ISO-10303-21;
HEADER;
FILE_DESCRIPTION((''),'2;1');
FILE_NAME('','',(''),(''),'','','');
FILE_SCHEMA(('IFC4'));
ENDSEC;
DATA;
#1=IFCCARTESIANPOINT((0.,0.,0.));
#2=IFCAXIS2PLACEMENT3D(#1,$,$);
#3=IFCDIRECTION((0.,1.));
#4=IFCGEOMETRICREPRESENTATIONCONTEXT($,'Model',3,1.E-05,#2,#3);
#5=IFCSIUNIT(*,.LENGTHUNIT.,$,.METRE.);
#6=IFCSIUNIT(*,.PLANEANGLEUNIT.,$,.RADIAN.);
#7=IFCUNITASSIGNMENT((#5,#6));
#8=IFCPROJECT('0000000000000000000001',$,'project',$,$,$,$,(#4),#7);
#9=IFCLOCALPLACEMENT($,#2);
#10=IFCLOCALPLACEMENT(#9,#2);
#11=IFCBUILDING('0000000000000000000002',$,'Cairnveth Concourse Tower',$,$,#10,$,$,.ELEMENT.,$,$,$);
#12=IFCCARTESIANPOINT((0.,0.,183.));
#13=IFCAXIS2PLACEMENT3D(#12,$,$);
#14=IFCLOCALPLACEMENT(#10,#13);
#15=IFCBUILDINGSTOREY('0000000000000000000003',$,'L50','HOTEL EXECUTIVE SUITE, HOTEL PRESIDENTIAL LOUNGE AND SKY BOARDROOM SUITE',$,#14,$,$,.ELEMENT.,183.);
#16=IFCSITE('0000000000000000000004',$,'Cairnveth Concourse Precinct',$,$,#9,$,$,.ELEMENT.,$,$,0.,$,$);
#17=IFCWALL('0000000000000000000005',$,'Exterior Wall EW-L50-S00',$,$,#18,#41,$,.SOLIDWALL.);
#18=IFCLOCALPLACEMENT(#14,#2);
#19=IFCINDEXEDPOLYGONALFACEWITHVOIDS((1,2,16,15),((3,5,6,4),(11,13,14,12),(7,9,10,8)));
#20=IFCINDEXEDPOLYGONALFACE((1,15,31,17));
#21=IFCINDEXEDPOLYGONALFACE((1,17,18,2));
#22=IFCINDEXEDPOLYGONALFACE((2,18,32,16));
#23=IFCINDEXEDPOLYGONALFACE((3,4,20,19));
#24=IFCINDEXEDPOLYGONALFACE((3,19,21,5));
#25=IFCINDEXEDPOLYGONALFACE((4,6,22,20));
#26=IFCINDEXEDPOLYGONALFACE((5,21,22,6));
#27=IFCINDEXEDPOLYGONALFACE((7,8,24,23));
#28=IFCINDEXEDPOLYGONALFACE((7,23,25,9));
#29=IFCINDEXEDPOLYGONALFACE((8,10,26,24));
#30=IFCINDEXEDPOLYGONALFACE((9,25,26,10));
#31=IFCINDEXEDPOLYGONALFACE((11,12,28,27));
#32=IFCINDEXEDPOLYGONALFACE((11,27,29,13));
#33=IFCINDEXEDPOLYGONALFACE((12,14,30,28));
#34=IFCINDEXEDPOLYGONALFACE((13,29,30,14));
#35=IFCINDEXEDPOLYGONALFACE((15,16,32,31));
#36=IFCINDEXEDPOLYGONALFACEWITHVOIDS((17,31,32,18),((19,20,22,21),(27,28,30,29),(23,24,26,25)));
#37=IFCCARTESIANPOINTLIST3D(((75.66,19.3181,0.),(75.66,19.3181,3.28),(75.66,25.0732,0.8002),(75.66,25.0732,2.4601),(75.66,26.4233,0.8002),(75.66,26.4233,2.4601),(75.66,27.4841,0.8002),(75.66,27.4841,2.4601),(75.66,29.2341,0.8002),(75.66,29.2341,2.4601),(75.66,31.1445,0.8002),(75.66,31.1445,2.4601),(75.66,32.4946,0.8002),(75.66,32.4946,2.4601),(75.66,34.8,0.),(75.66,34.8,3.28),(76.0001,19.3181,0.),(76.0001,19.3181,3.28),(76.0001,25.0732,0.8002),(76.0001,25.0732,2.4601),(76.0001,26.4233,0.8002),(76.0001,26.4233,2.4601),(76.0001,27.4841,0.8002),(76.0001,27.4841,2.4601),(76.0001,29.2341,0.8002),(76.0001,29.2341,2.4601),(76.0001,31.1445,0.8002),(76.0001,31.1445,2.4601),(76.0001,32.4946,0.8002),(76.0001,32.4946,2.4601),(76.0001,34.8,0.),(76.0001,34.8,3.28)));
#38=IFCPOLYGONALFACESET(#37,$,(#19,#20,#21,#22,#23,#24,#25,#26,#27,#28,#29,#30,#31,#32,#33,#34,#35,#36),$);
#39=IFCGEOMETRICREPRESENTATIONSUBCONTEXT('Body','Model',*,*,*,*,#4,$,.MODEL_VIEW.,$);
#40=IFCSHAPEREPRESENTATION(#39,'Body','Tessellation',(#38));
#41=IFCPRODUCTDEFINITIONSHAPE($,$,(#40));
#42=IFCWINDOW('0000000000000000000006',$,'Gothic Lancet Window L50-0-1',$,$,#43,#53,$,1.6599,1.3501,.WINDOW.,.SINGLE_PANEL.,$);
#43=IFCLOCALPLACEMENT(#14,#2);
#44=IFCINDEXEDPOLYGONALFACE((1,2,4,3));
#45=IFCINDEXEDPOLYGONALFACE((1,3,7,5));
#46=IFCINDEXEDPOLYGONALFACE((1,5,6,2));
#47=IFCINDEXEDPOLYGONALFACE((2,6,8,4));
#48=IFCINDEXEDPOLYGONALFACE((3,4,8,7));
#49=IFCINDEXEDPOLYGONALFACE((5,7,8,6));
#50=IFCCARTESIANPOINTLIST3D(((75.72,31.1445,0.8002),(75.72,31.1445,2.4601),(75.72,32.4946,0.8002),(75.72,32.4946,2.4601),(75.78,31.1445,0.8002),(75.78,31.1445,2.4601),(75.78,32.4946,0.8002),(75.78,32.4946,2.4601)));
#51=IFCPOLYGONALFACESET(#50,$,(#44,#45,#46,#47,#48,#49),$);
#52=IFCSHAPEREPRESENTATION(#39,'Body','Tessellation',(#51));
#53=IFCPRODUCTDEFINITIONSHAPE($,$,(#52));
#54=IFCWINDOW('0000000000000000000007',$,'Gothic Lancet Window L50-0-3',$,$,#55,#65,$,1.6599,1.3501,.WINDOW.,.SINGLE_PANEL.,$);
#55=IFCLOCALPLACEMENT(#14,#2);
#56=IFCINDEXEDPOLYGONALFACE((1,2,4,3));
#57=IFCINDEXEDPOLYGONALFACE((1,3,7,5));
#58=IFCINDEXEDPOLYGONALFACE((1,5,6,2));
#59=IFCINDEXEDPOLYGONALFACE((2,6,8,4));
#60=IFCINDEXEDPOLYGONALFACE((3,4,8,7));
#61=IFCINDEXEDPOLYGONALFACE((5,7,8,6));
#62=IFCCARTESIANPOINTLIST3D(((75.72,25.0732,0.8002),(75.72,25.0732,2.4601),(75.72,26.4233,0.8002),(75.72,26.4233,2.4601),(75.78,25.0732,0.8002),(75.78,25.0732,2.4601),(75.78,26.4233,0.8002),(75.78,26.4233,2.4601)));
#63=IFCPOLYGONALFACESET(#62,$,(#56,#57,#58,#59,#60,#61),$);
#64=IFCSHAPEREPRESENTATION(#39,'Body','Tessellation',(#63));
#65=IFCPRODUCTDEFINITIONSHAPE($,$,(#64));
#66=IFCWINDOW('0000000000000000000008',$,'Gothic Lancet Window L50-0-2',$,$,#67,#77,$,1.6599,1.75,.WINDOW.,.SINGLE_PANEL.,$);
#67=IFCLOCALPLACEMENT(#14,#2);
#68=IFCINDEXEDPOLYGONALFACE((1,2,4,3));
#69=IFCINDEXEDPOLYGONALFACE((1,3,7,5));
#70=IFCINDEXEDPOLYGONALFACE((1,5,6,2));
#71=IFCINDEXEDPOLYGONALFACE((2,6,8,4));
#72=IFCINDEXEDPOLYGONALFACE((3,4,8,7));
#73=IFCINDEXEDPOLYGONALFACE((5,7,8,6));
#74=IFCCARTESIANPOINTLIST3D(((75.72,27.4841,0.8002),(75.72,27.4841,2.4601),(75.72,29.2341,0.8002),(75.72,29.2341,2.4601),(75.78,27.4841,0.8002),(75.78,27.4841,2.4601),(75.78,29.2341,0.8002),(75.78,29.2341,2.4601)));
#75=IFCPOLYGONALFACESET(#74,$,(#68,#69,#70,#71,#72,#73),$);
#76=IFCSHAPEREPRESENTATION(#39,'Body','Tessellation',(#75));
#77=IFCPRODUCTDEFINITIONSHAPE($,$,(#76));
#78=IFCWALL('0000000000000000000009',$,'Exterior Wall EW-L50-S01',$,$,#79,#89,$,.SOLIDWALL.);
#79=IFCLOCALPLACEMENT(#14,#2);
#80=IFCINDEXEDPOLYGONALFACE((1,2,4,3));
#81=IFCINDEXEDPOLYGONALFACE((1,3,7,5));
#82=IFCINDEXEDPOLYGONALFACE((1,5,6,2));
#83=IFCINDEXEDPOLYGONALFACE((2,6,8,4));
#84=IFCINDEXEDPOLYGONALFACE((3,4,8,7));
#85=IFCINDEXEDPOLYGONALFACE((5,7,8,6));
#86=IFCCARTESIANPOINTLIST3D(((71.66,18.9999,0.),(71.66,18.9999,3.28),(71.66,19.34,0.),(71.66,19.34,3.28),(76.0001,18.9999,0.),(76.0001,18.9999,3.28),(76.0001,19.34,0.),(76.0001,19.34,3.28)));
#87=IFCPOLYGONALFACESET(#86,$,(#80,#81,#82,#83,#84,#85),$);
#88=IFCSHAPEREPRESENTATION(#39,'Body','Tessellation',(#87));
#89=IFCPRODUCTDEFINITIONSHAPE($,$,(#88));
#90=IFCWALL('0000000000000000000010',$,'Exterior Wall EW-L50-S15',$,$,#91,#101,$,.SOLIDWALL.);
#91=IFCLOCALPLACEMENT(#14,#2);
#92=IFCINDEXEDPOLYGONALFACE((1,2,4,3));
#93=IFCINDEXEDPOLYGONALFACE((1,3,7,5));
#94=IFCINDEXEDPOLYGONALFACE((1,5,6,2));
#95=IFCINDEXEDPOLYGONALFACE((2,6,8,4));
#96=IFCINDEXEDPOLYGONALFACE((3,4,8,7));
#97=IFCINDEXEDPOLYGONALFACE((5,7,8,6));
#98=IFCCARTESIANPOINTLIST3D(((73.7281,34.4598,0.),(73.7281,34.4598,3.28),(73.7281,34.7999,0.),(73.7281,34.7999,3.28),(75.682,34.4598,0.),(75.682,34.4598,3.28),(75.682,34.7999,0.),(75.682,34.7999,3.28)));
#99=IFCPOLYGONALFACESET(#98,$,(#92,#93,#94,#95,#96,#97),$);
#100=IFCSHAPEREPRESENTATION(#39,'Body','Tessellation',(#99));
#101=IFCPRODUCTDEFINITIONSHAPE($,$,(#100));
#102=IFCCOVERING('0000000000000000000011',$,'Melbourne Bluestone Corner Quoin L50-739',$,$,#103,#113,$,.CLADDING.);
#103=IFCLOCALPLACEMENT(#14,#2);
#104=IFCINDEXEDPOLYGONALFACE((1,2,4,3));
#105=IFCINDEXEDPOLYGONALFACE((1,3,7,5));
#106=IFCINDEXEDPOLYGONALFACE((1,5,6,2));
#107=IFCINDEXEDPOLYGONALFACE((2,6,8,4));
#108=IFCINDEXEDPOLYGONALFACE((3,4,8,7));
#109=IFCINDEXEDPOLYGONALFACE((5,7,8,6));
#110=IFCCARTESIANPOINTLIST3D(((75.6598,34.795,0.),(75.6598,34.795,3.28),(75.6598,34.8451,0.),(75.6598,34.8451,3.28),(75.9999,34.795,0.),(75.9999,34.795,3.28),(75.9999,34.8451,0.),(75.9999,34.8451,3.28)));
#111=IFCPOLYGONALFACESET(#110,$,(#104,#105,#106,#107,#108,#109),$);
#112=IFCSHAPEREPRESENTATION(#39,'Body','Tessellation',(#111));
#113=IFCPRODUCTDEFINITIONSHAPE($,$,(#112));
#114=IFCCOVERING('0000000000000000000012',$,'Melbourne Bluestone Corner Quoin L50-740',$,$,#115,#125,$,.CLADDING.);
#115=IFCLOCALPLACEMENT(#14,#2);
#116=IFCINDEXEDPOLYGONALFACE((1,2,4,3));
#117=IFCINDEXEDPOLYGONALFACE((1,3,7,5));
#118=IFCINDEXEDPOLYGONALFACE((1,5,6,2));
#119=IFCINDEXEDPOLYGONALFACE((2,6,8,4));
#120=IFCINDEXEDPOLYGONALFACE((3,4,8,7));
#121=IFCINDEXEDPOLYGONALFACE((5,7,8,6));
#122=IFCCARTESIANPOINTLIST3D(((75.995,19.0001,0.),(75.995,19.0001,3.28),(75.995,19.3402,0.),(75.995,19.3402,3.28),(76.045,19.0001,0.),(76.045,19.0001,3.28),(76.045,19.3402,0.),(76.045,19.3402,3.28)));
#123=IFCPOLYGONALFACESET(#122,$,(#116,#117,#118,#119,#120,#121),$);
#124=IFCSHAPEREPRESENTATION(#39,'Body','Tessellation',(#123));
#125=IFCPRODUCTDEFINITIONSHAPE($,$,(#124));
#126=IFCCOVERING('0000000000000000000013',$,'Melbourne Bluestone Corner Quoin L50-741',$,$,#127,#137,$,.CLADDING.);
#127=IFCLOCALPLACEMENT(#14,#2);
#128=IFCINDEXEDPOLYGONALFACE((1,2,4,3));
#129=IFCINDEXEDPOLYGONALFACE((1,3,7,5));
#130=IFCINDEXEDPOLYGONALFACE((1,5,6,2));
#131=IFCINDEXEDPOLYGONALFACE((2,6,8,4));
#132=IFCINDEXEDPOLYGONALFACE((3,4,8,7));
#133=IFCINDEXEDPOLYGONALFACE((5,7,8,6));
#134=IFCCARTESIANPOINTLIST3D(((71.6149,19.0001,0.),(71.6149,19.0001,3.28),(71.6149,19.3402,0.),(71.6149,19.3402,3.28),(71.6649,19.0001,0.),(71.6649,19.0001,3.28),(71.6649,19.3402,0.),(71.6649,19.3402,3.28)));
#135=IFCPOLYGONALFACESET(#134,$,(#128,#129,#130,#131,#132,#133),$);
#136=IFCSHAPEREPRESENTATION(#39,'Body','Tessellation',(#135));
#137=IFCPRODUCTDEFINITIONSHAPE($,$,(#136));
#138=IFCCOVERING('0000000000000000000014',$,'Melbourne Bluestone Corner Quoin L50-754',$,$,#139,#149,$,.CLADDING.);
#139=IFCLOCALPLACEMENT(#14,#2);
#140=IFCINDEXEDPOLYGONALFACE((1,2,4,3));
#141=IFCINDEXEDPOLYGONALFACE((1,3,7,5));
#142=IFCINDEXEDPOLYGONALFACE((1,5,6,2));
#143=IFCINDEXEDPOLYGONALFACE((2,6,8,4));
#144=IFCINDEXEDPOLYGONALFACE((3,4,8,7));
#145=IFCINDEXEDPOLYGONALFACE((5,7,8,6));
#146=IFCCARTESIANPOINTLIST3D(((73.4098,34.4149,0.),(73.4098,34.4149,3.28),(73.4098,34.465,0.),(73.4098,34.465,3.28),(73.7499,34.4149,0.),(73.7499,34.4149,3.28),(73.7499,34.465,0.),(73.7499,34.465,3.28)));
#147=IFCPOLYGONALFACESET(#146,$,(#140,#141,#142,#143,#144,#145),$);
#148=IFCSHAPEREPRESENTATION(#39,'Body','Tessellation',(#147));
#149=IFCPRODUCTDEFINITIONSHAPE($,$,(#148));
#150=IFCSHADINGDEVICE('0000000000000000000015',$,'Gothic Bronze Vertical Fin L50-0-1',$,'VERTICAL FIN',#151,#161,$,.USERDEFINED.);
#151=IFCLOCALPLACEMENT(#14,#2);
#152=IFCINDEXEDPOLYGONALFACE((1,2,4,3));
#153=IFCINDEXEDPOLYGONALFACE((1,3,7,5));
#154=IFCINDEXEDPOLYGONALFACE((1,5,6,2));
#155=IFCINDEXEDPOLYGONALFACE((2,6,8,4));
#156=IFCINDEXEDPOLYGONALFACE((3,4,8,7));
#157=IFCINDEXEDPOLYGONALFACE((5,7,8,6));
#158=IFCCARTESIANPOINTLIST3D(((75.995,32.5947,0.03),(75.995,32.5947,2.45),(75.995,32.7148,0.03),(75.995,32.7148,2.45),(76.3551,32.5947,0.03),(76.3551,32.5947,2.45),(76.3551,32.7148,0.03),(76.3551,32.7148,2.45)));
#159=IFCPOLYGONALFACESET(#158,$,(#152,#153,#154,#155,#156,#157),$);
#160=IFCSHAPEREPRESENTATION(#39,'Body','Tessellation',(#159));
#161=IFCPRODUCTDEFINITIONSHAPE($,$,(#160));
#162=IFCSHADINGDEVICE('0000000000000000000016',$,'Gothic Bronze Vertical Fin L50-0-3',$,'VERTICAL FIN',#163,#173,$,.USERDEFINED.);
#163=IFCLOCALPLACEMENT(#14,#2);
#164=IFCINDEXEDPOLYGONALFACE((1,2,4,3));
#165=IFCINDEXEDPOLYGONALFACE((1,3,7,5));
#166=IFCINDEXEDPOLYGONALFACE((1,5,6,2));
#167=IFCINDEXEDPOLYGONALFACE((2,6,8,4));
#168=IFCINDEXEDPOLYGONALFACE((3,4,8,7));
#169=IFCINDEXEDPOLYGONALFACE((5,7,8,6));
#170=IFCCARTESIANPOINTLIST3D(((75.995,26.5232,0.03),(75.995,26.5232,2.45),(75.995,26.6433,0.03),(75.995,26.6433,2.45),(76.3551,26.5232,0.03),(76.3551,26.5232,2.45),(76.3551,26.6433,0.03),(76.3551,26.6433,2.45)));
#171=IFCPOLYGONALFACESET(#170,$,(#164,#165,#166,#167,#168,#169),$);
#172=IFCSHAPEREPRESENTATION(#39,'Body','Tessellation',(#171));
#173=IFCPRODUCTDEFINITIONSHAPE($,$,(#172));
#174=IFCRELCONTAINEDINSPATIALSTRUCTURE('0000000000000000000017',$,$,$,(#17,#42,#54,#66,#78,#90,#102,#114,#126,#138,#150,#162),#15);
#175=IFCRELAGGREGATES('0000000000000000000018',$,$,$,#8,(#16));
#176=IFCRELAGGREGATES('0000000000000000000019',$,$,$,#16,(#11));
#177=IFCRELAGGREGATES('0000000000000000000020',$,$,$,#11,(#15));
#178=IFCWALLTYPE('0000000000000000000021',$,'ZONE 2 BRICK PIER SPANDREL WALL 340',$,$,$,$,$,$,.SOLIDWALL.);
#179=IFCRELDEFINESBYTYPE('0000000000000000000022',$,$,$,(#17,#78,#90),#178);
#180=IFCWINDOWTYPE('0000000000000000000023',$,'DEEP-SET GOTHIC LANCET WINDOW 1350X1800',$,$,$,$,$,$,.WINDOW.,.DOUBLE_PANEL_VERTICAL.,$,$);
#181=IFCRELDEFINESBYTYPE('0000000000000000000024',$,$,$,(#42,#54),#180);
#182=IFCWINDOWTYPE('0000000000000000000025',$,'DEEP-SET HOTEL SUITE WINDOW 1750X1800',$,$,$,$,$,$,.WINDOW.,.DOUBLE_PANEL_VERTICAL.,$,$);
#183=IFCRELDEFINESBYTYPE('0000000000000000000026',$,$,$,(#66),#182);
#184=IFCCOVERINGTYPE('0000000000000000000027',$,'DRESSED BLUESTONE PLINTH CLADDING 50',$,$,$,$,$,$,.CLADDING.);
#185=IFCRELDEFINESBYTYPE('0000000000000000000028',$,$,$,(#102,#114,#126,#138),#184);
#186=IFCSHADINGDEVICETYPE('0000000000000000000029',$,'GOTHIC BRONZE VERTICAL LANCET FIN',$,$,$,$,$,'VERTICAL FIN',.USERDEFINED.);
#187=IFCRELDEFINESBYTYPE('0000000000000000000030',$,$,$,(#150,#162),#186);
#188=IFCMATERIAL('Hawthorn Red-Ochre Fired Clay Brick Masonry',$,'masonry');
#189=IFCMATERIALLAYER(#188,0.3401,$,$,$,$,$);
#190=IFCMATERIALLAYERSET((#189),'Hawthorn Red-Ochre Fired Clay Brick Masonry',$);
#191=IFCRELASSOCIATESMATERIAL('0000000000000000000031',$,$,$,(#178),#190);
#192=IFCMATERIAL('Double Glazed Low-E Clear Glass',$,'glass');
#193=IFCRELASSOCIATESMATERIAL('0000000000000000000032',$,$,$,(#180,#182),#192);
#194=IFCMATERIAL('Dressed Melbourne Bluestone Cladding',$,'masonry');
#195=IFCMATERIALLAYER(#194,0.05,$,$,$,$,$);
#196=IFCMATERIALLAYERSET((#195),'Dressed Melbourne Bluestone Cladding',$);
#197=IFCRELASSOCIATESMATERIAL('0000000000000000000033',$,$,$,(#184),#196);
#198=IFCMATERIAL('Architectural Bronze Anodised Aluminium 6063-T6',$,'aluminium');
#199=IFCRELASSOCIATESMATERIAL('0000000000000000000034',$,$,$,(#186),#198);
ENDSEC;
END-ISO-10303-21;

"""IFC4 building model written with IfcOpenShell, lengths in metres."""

from ifc_helpers import new_model, si_unit, direction, frame, frame_2d, origin, origin_2d, place, context, subcontext, project, spatial, rectangle, extrude, material, layer, layer_set, type_object, element, fill, save


model = new_model("IFC4")

# Units and contexts
model_context = context("Model", 3, precision=1e-05, world=origin(), true_north=direction((0.0, 1.0)))
body_context = subcontext(model_context, "Body", "Model", "MODEL_VIEW")
ifc_project = project(units=[si_unit("LENGTHUNIT", "METRE"), si_unit("PLANEANGLEUNIT", "RADIAN")], contexts=[model_context])

# Site, building, storey
site_placement = place(None, origin())
site = spatial("IfcSite", under=ifc_project, at=site_placement, Name="Cairnveth Concourse Precinct", CompositionType="ELEMENT", RefElevation=0.0)
building_placement = place(site_placement, origin())
building = spatial("IfcBuilding", under=site, at=building_placement, Name="Cairnveth Concourse Tower", CompositionType="ELEMENT")
storey_placement = place(building_placement, frame((0.0, 0.0, 183.0)))
storey = spatial("IfcBuildingStorey", under=building, at=storey_placement, Name="L50", Description="HOTEL EXECUTIVE SUITE, HOTEL PRESIDENTIAL LOUNGE AND SKY BOARDROOM SUITE", CompositionType="ELEMENT", Elevation=183.0)

# Shared definitions
ifc_material_1 = material(Name="Dressed Melbourne Bluestone Cladding", Category="masonry")

# Wall, openings, windows
ifc_material_2 = material(Name="Hawthorn Red-Ochre Fired Clay Brick Masonry", Category="masonry")
ifc_layer_1 = layer(ifc_material_2, 0.3401)
ifc_layer_set_1 = layer_set([ifc_layer_1], Name="Hawthorn Red-Ochre Fired Clay Brick Masonry")
wall_type_1 = type_object("IfcWallType", Name="ZONE 2 BRICK PIER SPANDREL WALL 340", PredefinedType="SOLIDWALL", material=ifc_layer_set_1)
wall_1_placement = place(storey_placement, frame((75.8301, 34.8, 0.0), z_axis=(0.0, 0.0, 1.0), x_axis=(0.0, -1.0, 0.0)))
wall_1 = element("IfcWall", 1, at=wall_1_placement, inside=storey, type_object=wall_type_1, Name="Exterior Wall EW-L50-S00", PredefinedType="SOLIDWALL", context=body_context, shape_type="SweptSolid", body=[
    extrude(rectangle(XDim=15.4819, YDim=0.3401, at=frame_2d((7.741, 0.0))), origin(), (0.0, 0.0, 1.0), 3.28),
])
opening_1_placement = place(wall_1_placement, frame((2.3054, 0.0, 0.8)))
opening_1 = element("IfcOpeningElement", 2, at=opening_1_placement, cuts=wall_1, PredefinedType="OPENING", context=body_context, shape_type="SweptSolid", body=[
    extrude(rectangle(XDim=1.3501, YDim=1.6599, at=frame_2d((0.675, 0.8301))), frame((0.0, 0.1799, 0.0), z_axis=(0.0, -1.0, 0.0), x_axis=(1.0, 0.0, 0.0)), (0.0, 0.0, 1.0), 0.3601),
])
opening_2_placement = place(wall_1_placement, frame((5.5659, 0.0, 0.8)))
opening_2 = element("IfcOpeningElement", 3, at=opening_2_placement, cuts=wall_1, PredefinedType="OPENING", context=body_context, shape_type="SweptSolid", body=[
    extrude(rectangle(XDim=1.75, YDim=1.6599, at=frame_2d((0.875, 0.8301))), frame((0.0, 0.1799, 0.0), z_axis=(0.0, -1.0, 0.0), x_axis=(1.0, 0.0, 0.0)), (0.0, 0.0, 1.0), 0.3601),
])
opening_3_placement = place(wall_1_placement, frame((8.3767, 0.0, 0.8)))
opening_3 = element("IfcOpeningElement", 4, at=opening_3_placement, cuts=wall_1, PredefinedType="OPENING", context=body_context, shape_type="SweptSolid", body=[
    extrude(rectangle(XDim=1.3501, YDim=1.6599, at=frame_2d((0.675, 0.8301))), frame((0.0, 0.1799, 0.0), z_axis=(0.0, -1.0, 0.0), x_axis=(1.0, 0.0, 0.0)), (0.0, 0.0, 1.0), 0.3601),
])
ifc_material_3 = material(Name="Double Glazed Low-E Clear Glass", Category="glass")
window_type_1 = type_object("IfcWindowType", Name="DEEP-SET GOTHIC LANCET WINDOW 1350X1800", PartitioningType="DOUBLE_PANEL_VERTICAL", PredefinedType="WINDOW", material=ifc_material_3)
window_1_placement = place(opening_1_placement, origin())
window_1 = element("IfcWindow", 5, at=window_1_placement, inside=storey, type_object=window_type_1, Name="Gothic Lancet Window L50-0-1", OverallHeight=1.6599, OverallWidth=1.3501, PartitioningType="SINGLE_PANEL", PredefinedType="WINDOW", context=body_context, shape_type="SweptSolid", body=[
    extrude(rectangle(XDim=1.3501, YDim=1.6599, at=frame_2d((0.675, 0.8301))), frame((0.0, -0.05, 0.0), z_axis=(0.0, -1.0, 0.0), x_axis=(1.0, 0.0, 0.0)), (0.0, 0.0, 1.0), 0.0601),
])
fill(opening_1, window_1)
window_2_placement = place(opening_3_placement, origin())
window_2 = element("IfcWindow", 6, at=window_2_placement, inside=storey, type_object=window_type_1, Name="Gothic Lancet Window L50-0-3", OverallHeight=1.6599, OverallWidth=1.3501, PartitioningType="SINGLE_PANEL", PredefinedType="WINDOW", context=body_context, shape_type="SweptSolid", body=[
    extrude(rectangle(XDim=1.3501, YDim=1.6599, at=frame_2d((0.675, 0.8301))), frame((0.0, -0.05, 0.0), z_axis=(0.0, -1.0, 0.0), x_axis=(1.0, 0.0, 0.0)), (0.0, 0.0, 1.0), 0.0601),
])
fill(opening_3, window_2)
window_type_2 = type_object("IfcWindowType", Name="DEEP-SET HOTEL SUITE WINDOW 1750X1800", PartitioningType="DOUBLE_PANEL_VERTICAL", PredefinedType="WINDOW", material=ifc_material_3)
window_3_placement = place(opening_2_placement, origin())
window_3 = element("IfcWindow", 7, at=window_3_placement, inside=storey, type_object=window_type_2, Name="Gothic Lancet Window L50-0-2", OverallHeight=1.6599, OverallWidth=1.75, PartitioningType="SINGLE_PANEL", PredefinedType="WINDOW", context=body_context, shape_type="SweptSolid", body=[
    extrude(rectangle(XDim=1.75, YDim=1.6599, at=frame_2d((0.875, 0.8301))), frame((0.0, -0.05, 0.0), z_axis=(0.0, -1.0, 0.0), x_axis=(1.0, 0.0, 0.0)), (0.0, 0.0, 1.0), 0.0601),
])
fill(opening_2, window_3)

# Walls
wall_2_placement = place(storey_placement, frame((76.0, 19.1699, 0.0), z_axis=(0.0, 0.0, 1.0), x_axis=(-1.0, 0.0, 0.0)))
element("IfcWall", 8, at=wall_2_placement, inside=storey, type_object=wall_type_1, Name="Exterior Wall EW-L50-S01", PredefinedType="SOLIDWALL", context=body_context, shape_type="SweptSolid", body=[
    extrude(rectangle(XDim=4.3401, YDim=0.3401, at=frame_2d((2.1699, 0.0))), origin(), (0.0, 0.0, 1.0), 3.28),
])
wall_3_placement = place(storey_placement, frame((73.728, 34.6299, 0.0), z_axis=(0.0, 0.0, 1.0), x_axis=(1.0, 0.0, 0.0)))
element("IfcWall", 9, at=wall_3_placement, inside=storey, type_object=wall_type_1, Name="Exterior Wall EW-L50-S15", PredefinedType="SOLIDWALL", context=body_context, shape_type="SweptSolid", body=[
    extrude(rectangle(XDim=1.9539, YDim=0.3401, at=frame_2d((0.9771, 0.0))), origin(), (0.0, 0.0, 1.0), 3.28),
])

# Coverings
ifc_layer_2 = layer(ifc_material_1, 0.05)
ifc_layer_set_2 = layer_set([ifc_layer_2], Name="Dressed Melbourne Bluestone Cladding")
covering_type = type_object("IfcCoveringType", Name="DRESSED BLUESTONE PLINTH CLADDING 50", PredefinedType="CLADDING", material=ifc_layer_set_2)
for number, where, z_axis, x_axis, name in (
    (10, (75.6599, 34.8201, 0.0), (0.0, 0.0, 1.0), (1.0, 0.0, 0.0), "Melbourne Bluestone Corner Quoin L50-739"),
    (11, (76.02, 19.3401, 0.0), (0.0, 0.0, 1.0), (0.0, -1.0, 0.0), "Melbourne Bluestone Corner Quoin L50-740"),
    (12, (71.6399, 19.3401, 0.0), (0.0, 0.0, 1.0), (0.0, -1.0, 0.0), "Melbourne Bluestone Corner Quoin L50-741"),
    (13, (73.4099, 34.4399, 0.0), (0.0, 0.0, 1.0), (1.0, 0.0, 0.0), "Melbourne Bluestone Corner Quoin L50-754"),
):
    element("IfcCovering", number, at=place(storey_placement, frame(where, z_axis=z_axis, x_axis=x_axis)), inside=storey, type_object=covering_type, Name=name, PredefinedType="CLADDING", context=body_context, shape_type="SweptSolid", body=[
        extrude(rectangle(XDim=0.3401, YDim=0.05, at=frame_2d((0.1699, 0.0))), origin(), (0.0, 0.0, 1.0), 3.28),
    ])

# Shading devices
ifc_material_4 = material(Name="Architectural Bronze Anodised Aluminium 6063-T6", Category="aluminium")
shading_device_type = type_object("IfcShadingDeviceType", Name="GOTHIC BRONZE VERTICAL LANCET FIN", ElementType="VERTICAL FIN", PredefinedType="USERDEFINED", material=ifc_material_4)
for number, where, z_axis, x_axis, name in (
    (14, (76.175, 32.6548, 0.03), (0.0, 0.0, 1.0), (0.0, 1.0, 0.0), "Gothic Bronze Vertical Fin L50-0-1"),
    (15, (76.175, 26.5833, 0.03), (0.0, 0.0, 1.0), (0.0, 1.0, 0.0), "Gothic Bronze Vertical Fin L50-0-3"),
):
    element("IfcShadingDevice", number, at=place(storey_placement, frame(where, z_axis=z_axis, x_axis=x_axis)), inside=storey, type_object=shading_device_type, Name=name, ObjectType="VERTICAL FIN", PredefinedType="USERDEFINED", context=body_context, shape_type="SweptSolid", body=[
        extrude(rectangle(XDim=0.1201, YDim=0.3601, at=origin_2d()), origin(), (0.0, 0.0, 1.0), 2.4199),
    ])

save(model, "model.ifc")
